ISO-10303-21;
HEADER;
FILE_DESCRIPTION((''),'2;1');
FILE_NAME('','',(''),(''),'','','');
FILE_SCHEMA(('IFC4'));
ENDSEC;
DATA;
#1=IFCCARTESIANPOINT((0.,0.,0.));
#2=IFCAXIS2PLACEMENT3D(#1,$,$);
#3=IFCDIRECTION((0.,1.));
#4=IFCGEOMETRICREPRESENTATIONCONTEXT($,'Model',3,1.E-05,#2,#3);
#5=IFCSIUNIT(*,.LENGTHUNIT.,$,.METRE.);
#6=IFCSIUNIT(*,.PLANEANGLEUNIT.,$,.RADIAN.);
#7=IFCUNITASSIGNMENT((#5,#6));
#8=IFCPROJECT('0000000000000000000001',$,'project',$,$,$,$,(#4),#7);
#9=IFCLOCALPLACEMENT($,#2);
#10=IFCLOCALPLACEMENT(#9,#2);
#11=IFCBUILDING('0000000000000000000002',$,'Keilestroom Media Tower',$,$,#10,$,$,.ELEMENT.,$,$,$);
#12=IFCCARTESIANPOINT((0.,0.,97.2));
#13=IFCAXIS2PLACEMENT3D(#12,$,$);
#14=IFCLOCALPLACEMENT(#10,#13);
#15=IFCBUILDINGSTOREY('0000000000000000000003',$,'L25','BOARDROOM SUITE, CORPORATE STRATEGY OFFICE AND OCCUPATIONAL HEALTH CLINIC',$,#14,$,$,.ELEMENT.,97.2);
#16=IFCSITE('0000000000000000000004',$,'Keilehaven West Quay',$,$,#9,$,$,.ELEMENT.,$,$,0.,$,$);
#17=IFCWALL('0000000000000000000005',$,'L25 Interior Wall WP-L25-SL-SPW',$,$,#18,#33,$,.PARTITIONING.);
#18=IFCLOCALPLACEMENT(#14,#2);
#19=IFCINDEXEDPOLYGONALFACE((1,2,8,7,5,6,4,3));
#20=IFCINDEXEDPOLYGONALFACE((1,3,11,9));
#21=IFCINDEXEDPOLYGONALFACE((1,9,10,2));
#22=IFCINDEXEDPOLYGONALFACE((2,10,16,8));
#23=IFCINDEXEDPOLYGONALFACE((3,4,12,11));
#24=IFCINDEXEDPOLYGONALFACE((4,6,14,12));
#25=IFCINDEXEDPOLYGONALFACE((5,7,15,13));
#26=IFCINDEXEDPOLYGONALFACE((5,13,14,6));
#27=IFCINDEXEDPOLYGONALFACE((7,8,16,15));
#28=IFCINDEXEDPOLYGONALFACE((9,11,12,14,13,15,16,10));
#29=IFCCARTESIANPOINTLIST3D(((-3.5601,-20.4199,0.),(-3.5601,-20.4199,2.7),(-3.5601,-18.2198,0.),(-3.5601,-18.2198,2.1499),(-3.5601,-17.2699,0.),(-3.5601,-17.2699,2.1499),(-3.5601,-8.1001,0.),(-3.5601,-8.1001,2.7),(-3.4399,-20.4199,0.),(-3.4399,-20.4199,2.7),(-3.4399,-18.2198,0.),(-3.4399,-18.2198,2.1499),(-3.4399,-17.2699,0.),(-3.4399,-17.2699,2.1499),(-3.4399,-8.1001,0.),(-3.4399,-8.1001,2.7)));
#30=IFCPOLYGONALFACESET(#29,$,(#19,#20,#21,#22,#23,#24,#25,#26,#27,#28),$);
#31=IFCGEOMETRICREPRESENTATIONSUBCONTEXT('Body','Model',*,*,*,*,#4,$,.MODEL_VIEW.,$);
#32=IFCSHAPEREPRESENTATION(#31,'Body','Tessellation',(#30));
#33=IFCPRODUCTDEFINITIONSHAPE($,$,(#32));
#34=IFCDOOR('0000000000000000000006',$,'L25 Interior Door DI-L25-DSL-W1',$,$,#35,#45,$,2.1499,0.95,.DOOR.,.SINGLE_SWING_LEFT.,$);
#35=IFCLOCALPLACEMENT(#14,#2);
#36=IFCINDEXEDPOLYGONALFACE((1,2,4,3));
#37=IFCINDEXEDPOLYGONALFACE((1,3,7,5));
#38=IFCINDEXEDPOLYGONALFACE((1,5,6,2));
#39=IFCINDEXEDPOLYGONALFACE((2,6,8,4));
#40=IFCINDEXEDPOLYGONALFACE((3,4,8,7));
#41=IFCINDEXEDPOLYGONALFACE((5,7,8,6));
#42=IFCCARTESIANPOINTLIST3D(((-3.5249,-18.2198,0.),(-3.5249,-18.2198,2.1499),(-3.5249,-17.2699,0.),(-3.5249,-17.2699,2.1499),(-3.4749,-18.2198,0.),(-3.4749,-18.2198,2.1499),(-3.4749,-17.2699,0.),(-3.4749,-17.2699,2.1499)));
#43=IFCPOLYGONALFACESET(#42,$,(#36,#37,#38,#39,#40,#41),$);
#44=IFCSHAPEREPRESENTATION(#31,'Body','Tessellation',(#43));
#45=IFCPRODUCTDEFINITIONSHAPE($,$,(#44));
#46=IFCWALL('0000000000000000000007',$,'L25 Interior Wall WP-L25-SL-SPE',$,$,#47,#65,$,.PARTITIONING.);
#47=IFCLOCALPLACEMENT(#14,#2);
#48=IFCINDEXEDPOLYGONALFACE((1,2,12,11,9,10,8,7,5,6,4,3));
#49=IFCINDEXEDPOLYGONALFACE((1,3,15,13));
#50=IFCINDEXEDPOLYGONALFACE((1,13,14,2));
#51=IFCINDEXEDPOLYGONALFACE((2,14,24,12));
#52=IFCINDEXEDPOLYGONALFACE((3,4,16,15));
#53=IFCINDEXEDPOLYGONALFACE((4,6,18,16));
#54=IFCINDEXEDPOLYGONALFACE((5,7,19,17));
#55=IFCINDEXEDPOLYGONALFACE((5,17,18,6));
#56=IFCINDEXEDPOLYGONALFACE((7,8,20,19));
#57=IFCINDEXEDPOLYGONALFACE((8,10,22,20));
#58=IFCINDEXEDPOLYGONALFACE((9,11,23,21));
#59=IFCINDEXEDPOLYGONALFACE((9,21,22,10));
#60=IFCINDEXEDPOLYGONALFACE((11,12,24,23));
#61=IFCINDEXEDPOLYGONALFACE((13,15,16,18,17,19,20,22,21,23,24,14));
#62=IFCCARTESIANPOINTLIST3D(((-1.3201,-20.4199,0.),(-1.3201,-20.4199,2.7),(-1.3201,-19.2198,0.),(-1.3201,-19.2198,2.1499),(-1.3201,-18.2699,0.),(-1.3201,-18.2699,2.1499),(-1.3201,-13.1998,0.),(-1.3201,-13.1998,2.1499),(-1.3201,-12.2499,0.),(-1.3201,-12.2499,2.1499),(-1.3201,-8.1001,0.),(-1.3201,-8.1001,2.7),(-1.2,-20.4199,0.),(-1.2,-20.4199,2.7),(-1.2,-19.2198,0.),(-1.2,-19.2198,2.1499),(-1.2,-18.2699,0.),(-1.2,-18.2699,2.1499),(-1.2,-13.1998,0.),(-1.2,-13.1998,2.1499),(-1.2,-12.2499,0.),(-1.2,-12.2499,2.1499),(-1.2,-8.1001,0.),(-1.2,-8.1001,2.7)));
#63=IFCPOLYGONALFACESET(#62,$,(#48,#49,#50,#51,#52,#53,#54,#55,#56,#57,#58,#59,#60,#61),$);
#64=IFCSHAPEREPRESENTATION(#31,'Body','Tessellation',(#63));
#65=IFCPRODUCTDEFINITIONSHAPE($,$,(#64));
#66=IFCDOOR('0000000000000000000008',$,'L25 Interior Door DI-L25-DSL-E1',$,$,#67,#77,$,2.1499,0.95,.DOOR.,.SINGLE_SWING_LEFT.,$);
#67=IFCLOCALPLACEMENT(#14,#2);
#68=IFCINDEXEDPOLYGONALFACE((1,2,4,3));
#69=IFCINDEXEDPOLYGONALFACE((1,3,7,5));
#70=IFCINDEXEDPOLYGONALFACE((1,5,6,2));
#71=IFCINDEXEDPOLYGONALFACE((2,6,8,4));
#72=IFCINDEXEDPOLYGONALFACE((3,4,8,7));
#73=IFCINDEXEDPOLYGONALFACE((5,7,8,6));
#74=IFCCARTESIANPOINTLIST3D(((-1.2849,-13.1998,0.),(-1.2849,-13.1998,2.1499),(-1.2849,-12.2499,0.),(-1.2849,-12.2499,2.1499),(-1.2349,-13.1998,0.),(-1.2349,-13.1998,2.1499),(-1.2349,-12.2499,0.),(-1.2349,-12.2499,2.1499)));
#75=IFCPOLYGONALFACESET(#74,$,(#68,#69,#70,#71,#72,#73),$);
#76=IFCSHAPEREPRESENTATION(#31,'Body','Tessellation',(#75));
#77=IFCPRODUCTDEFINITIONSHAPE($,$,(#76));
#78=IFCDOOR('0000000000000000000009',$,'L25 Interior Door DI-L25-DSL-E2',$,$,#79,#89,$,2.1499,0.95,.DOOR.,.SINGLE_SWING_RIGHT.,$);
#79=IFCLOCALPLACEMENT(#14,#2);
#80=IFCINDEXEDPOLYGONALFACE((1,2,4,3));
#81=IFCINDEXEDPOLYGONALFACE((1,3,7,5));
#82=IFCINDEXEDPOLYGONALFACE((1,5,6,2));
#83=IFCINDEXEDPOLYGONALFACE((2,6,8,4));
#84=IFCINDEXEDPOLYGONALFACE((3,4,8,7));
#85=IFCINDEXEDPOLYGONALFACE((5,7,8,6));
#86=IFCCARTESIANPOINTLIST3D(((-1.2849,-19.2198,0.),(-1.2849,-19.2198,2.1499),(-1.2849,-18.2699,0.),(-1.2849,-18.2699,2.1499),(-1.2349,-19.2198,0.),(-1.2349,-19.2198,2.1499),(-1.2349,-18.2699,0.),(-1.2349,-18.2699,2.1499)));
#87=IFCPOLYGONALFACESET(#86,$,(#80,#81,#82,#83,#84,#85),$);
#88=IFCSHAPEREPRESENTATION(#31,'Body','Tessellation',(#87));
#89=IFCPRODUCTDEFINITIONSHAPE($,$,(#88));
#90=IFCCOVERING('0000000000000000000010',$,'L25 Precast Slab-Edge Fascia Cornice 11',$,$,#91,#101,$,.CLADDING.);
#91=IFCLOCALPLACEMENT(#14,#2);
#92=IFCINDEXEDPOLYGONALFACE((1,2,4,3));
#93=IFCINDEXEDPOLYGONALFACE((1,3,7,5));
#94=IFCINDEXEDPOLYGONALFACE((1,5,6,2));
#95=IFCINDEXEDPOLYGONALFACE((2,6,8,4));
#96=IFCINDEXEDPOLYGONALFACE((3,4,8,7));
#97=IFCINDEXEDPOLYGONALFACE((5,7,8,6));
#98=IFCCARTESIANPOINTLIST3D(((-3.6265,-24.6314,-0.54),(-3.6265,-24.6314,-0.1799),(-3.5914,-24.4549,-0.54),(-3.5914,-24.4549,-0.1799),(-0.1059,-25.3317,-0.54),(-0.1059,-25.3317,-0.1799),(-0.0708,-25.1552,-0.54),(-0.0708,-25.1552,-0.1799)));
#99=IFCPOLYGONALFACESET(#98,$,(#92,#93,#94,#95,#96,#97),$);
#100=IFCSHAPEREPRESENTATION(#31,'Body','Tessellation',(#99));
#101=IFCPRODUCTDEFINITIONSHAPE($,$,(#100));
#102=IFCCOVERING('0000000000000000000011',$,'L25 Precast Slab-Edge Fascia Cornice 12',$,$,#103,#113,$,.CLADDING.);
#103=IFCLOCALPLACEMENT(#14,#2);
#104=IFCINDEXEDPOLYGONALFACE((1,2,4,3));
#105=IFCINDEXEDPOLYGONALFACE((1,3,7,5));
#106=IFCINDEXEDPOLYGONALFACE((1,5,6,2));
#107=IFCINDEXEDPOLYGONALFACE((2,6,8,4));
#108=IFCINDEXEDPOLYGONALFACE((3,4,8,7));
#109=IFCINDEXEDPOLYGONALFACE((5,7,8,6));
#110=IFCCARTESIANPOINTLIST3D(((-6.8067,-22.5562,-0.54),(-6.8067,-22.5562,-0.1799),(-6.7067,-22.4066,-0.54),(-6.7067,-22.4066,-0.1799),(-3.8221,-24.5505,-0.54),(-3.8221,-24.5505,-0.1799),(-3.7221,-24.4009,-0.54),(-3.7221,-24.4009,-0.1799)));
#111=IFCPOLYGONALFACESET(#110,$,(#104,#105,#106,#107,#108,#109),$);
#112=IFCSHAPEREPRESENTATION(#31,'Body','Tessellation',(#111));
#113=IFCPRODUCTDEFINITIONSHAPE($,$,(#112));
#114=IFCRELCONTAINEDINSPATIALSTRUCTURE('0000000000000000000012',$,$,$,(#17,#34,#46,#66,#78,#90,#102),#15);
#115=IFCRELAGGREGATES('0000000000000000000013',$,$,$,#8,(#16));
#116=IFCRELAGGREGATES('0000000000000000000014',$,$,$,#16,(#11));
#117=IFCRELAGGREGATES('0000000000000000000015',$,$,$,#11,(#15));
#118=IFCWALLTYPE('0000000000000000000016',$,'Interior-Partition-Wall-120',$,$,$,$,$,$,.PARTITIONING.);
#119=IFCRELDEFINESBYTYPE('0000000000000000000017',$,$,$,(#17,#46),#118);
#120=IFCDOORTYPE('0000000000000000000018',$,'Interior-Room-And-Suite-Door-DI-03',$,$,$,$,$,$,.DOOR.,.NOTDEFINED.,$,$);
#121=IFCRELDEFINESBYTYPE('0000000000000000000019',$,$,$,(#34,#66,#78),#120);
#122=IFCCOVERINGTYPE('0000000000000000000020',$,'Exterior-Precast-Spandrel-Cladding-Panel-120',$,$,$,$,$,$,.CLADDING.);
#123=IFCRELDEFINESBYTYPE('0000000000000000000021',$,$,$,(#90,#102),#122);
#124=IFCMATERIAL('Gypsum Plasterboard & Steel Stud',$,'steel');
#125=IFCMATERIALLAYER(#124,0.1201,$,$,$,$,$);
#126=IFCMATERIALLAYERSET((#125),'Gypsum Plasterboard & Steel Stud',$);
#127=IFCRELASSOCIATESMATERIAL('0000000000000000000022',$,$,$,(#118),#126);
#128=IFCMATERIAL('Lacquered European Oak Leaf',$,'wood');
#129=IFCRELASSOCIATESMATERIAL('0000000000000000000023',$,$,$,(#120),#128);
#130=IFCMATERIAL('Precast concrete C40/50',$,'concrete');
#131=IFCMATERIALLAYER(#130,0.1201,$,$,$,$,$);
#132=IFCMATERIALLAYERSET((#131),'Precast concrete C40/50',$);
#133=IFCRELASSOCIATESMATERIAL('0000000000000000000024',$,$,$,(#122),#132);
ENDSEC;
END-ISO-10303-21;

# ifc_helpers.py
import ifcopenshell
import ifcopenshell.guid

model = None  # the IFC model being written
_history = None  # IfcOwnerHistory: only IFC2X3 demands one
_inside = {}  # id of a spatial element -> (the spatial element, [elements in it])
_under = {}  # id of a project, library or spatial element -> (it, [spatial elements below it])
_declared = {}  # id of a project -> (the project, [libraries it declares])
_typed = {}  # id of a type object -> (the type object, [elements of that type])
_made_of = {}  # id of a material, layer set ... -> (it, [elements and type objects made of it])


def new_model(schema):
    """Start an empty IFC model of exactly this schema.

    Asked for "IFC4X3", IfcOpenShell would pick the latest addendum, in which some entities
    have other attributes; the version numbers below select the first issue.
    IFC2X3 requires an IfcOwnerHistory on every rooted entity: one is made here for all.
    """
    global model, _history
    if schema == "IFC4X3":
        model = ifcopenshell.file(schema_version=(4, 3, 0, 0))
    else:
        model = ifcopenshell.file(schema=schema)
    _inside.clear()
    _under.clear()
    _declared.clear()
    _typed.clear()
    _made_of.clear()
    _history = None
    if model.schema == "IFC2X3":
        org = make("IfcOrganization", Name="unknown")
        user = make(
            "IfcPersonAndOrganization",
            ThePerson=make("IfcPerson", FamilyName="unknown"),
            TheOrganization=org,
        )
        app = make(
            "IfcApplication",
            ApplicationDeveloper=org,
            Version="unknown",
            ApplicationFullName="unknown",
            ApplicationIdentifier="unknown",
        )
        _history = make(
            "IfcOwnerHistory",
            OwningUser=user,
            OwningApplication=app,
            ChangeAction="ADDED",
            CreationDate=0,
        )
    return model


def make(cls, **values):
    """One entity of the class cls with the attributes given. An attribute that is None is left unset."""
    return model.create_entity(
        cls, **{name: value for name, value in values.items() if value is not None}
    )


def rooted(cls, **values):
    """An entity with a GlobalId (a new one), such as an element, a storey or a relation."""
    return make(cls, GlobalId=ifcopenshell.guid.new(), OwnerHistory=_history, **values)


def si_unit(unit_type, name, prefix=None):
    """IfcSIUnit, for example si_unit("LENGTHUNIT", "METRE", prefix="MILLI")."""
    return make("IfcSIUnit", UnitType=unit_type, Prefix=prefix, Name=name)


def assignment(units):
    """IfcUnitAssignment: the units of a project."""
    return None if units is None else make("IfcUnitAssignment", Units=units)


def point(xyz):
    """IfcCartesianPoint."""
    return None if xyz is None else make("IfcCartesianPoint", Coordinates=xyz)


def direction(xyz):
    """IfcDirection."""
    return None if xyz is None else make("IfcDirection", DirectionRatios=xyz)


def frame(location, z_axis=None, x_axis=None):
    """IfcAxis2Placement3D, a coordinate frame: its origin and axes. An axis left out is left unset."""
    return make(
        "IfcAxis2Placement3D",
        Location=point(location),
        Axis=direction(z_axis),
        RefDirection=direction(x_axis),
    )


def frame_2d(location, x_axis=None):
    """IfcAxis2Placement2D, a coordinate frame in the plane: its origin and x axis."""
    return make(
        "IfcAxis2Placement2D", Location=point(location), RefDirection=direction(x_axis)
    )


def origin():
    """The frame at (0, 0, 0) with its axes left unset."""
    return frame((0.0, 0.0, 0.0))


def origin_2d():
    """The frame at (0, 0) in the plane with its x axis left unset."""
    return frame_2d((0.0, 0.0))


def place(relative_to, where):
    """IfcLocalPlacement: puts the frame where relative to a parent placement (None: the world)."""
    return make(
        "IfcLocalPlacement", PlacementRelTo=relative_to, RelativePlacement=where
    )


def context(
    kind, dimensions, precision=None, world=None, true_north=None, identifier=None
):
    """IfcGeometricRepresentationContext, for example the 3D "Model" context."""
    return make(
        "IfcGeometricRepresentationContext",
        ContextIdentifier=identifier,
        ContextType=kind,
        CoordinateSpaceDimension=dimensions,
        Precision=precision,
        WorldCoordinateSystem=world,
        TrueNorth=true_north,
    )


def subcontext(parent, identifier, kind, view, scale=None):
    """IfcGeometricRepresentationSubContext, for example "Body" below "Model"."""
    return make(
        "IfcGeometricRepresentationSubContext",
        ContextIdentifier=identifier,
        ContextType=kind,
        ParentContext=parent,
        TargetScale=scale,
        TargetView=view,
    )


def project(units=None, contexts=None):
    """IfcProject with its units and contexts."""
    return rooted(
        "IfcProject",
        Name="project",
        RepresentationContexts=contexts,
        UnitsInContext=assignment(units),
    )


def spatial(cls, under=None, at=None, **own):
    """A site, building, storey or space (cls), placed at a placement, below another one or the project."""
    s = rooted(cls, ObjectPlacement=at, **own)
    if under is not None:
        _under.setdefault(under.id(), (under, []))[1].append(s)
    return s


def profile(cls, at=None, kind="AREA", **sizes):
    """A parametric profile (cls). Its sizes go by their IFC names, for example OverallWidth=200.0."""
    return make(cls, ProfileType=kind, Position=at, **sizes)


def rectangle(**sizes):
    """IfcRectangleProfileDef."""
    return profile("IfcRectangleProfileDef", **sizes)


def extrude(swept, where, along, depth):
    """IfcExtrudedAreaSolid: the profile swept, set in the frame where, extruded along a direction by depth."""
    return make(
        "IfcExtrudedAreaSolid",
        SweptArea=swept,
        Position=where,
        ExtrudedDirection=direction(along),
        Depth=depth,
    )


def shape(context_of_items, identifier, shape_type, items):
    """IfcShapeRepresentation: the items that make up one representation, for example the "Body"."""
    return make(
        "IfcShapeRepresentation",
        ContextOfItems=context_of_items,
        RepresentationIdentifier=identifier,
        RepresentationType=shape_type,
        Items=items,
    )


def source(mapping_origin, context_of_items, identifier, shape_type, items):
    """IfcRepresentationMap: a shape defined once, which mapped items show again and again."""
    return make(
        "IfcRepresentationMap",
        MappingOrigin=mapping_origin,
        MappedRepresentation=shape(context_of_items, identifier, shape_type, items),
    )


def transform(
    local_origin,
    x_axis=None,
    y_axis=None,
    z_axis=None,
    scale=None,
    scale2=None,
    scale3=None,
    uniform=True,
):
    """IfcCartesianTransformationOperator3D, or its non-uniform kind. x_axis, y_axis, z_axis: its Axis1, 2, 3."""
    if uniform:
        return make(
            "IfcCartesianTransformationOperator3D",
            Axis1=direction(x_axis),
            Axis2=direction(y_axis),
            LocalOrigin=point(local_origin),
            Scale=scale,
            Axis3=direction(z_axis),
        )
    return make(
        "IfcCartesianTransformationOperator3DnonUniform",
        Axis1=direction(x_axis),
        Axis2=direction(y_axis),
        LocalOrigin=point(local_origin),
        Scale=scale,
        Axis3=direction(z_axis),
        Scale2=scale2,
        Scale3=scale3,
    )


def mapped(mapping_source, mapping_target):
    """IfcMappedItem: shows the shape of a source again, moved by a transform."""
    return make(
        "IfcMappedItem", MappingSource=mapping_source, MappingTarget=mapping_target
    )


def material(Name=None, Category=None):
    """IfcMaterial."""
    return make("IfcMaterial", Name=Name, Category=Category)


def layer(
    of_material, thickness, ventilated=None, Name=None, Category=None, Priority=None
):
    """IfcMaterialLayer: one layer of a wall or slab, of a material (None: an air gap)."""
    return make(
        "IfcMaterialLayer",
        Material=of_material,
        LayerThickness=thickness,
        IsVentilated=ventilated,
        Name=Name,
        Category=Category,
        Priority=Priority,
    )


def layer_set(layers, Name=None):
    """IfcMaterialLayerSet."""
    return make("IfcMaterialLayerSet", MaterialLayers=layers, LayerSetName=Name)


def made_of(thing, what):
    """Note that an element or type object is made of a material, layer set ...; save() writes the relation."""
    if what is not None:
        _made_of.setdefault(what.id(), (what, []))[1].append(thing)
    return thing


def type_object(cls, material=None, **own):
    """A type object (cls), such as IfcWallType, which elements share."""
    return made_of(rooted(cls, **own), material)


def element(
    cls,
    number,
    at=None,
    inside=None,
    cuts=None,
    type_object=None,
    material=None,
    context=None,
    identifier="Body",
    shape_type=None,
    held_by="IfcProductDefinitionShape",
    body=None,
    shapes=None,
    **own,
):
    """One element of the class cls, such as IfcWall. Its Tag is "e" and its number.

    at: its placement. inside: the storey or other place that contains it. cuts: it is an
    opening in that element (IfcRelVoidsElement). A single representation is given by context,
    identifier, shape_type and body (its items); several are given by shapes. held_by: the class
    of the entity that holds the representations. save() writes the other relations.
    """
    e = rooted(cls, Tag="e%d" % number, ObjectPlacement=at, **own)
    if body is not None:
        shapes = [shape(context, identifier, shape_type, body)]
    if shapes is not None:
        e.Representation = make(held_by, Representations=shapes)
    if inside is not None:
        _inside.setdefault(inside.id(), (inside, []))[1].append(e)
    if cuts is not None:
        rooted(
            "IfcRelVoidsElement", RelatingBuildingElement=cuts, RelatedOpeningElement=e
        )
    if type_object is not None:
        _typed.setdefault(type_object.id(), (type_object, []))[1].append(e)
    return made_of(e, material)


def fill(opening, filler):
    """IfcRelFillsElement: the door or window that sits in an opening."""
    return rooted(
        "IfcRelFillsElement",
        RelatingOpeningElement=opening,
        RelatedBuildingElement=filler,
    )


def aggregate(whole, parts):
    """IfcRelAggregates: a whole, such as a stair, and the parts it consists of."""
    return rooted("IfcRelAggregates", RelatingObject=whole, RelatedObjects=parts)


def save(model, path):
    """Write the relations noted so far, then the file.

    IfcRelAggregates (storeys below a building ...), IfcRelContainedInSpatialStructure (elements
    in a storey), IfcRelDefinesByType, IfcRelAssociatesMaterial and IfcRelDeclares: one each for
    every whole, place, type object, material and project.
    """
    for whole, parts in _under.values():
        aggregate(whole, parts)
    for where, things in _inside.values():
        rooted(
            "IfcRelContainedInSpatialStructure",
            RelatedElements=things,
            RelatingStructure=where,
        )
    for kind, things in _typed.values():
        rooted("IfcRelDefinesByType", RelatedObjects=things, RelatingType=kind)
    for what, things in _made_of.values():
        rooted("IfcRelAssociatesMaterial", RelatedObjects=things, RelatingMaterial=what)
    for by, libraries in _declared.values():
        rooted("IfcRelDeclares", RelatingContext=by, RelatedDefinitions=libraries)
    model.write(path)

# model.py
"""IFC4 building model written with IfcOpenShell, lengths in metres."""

from ifc_helpers import new_model, si_unit, direction, frame, frame_2d, origin, origin_2d, place, context, subcontext, project, spatial, rectangle, extrude, source, transform, mapped, material, layer, layer_set, type_object, element, fill, save


model = new_model("IFC4")

# Units and contexts
model_context = context("Model", 3, precision=1e-05, world=origin(), true_north=direction((0.0, 1.0)))
body_context = subcontext(model_context, "Body", "Model", "MODEL_VIEW")
ifc_project = project(units=[si_unit("LENGTHUNIT", "METRE"), si_unit("PLANEANGLEUNIT", "RADIAN")], contexts=[model_context])

# Site, building, storey
site_placement = place(None, origin())
site = spatial("IfcSite", under=ifc_project, at=site_placement, Name="Keilehaven West Quay", CompositionType="ELEMENT", RefElevation=0.0)
building_placement = place(site_placement, origin())
building = spatial("IfcBuilding", under=site, at=building_placement, Name="Keilestroom Media Tower", CompositionType="ELEMENT")
storey_placement = place(building_placement, frame((0.0, 0.0, 97.2)))
storey = spatial("IfcBuildingStorey", under=building, at=storey_placement, Name="L25", Description="BOARDROOM SUITE, CORPORATE STRATEGY OFFICE AND OCCUPATIONAL HEALTH CLINIC", CompositionType="ELEMENT", Elevation=97.2)

# Shared definitions
ifc_material_1 = material(Name="Precast concrete C40/50", Category="concrete")

# Wall, opening, door
ifc_material_2 = material(Name="Gypsum Plasterboard & Steel Stud", Category="steel")
ifc_layer_1 = layer(ifc_material_2, 0.1201)
ifc_layer_set_1 = layer_set([ifc_layer_1], Name="Gypsum Plasterboard & Steel Stud")
wall_type_1 = type_object("IfcWallType", Name="Interior-Partition-Wall-120", PredefinedType="PARTITIONING", material=ifc_layer_set_1)
wall_1_placement = place(storey_placement, frame((-3.5, -20.4199, 0.0), z_axis=(0.0, 0.0, 1.0), x_axis=(0.0, 1.0, 0.0)))
wall_1 = element("IfcWall", 1, at=wall_1_placement, inside=storey, type_object=wall_type_1, Name="L25 Interior Wall WP-L25-SL-SPW", PredefinedType="PARTITIONING", context=body_context, shape_type="SweptSolid", body=[
    extrude(rectangle(XDim=12.3198, YDim=0.1201, at=frame_2d((6.1599, 0.0))), origin(), (0.0, 0.0, 1.0), 2.7),
])
opening_1_placement = place(wall_1_placement, frame((2.2, 0.0, 0.0)))
opening_1 = element("IfcOpeningElement", 2, at=opening_1_placement, cuts=wall_1, PredefinedType="OPENING", context=body_context, shape_type="SweptSolid", body=[
    extrude(rectangle(XDim=0.95, YDim=2.1499, at=frame_2d((0.4751, 1.075))), frame((0.0, 0.0701, 0.0), z_axis=(0.0, -1.0, 0.0), x_axis=(1.0, 0.0, 0.0)), (0.0, 0.0, 1.0), 0.1401),
])
ifc_material_3 = material(Name="Lacquered European Oak Leaf", Category="wood")
door_type = type_object("IfcDoorType", Name="Interior-Room-And-Suite-Door-DI-03", OperationType="NOTDEFINED", PredefinedType="DOOR", material=ifc_material_3)
shared_shape_1 = source(origin(), body_context, "Body", "SweptSolid", [
    extrude(rectangle(XDim=0.95, YDim=2.1499, at=frame_2d((0.4751, 1.075))), frame((0.0, 0.0249, 0.0), z_axis=(0.0, -1.0, 0.0), x_axis=(1.0, 0.0, 0.0)), (0.0, 0.0, 1.0), 0.05),
])
door_1_placement = place(opening_1_placement, origin())
door_1 = element("IfcDoor", 3, at=door_1_placement, inside=storey, type_object=door_type, Name="L25 Interior Door DI-L25-DSL-W1", OperationType="SINGLE_SWING_LEFT", OverallHeight=2.1499, OverallWidth=0.95, PredefinedType="DOOR", context=body_context, shape_type="MappedRepresentation", body=[
    mapped(shared_shape_1, transform((0.0, 0.0, 0.0), x_axis=(1.0, 0.0, 0.0), y_axis=(0.0, 1.0, 0.0), z_axis=(0.0, 0.0, 1.0), scale=1.0)),
])
fill(opening_1, door_1)

# Wall, openings, doors
wall_2_placement = place(storey_placement, frame((-1.26, -20.4199, 0.0), z_axis=(0.0, 0.0, 1.0), x_axis=(0.0, 1.0, 0.0)))
wall_2 = element("IfcWall", 4, at=wall_2_placement, inside=storey, type_object=wall_type_1, Name="L25 Interior Wall WP-L25-SL-SPE", PredefinedType="PARTITIONING", context=body_context, shape_type="SweptSolid", body=[
    extrude(rectangle(XDim=12.3198, YDim=0.1201, at=frame_2d((6.1599, 0.0))), origin(), (0.0, 0.0, 1.0), 2.7),
])
opening_2_placement = place(wall_2_placement, frame((7.22, 0.0, 0.0)))
opening_2 = element("IfcOpeningElement", 5, at=opening_2_placement, cuts=wall_2, PredefinedType="OPENING", context=body_context, shape_type="SweptSolid", body=[
    extrude(rectangle(XDim=0.95, YDim=2.1499, at=frame_2d((0.4751, 1.075))), frame((0.0, 0.0701, 0.0), z_axis=(0.0, -1.0, 0.0), x_axis=(1.0, 0.0, 0.0)), (0.0, 0.0, 1.0), 0.1401),
])
opening_3_placement = place(wall_2_placement, frame((1.2, 0.0, 0.0)))
opening_3 = element("IfcOpeningElement", 6, at=opening_3_placement, cuts=wall_2, PredefinedType="OPENING", context=body_context, shape_type="SweptSolid", body=[
    extrude(rectangle(XDim=0.95, YDim=2.1499, at=frame_2d((0.4751, 1.075))), frame((0.0, 0.0701, 0.0), z_axis=(0.0, -1.0, 0.0), x_axis=(1.0, 0.0, 0.0)), (0.0, 0.0, 1.0), 0.1401),
])
door_2_placement = place(opening_2_placement, origin())
door_2 = element("IfcDoor", 7, at=door_2_placement, inside=storey, type_object=door_type, Name="L25 Interior Door DI-L25-DSL-E1", OperationType="SINGLE_SWING_LEFT", OverallHeight=2.1499, OverallWidth=0.95, PredefinedType="DOOR", context=body_context, shape_type="MappedRepresentation", body=[
    mapped(shared_shape_1, transform((0.0, 0.0, 0.0), x_axis=(1.0, 0.0, 0.0), y_axis=(0.0, 1.0, 0.0), z_axis=(0.0, 0.0, 1.0), scale=1.0)),
])
fill(opening_2, door_2)
door_3_placement = place(opening_3_placement, origin())
door_3 = element("IfcDoor", 8, at=door_3_placement, inside=storey, type_object=door_type, Name="L25 Interior Door DI-L25-DSL-E2", OperationType="SINGLE_SWING_RIGHT", OverallHeight=2.1499, OverallWidth=0.95, PredefinedType="DOOR", context=body_context, shape_type="MappedRepresentation", body=[
    mapped(shared_shape_1, transform((0.0, 0.0, 0.0), x_axis=(1.0, 0.0, 0.0), y_axis=(0.0, 1.0, 0.0), z_axis=(0.0, 0.0, 1.0), scale=1.0)),
])
fill(opening_3, door_3)

# Coverings
ifc_layer_2 = layer(ifc_material_1, 0.1201)
ifc_layer_set_2 = layer_set([ifc_layer_2], Name="Precast concrete C40/50")
covering_type = type_object("IfcCoveringType", Name="Exterior-Precast-Spandrel-Cladding-Panel-120", PredefinedType="CLADDING", material=ifc_layer_set_2)
shared_shape_2 = source(origin(), body_context, "Body", "SweptSolid", [
    extrude(rectangle(XDim=3.5896, YDim=0.1799, at=origin_2d()), origin(), (0.0, 0.0, 1.0), 0.3601),
])
for number, where, z_axis, x_axis, name in (
    (9, (-1.8486, -24.8933, -0.54), (0.0, 0.0, 1.0), (-0.980784, 0.195099, 0.0), "L25 Precast Slab-Edge Fascia Cornice 11"),
    (10, (-5.2644, -23.4785, -0.54), (0.0, 0.0, 1.0), (-0.831467, 0.555575, 0.0), "L25 Precast Slab-Edge Fascia Cornice 12"),
):
    element("IfcCovering", number, at=place(storey_placement, frame(where, z_axis=z_axis, x_axis=x_axis)), inside=storey, type_object=covering_type, Name=name, PredefinedType="CLADDING", context=body_context, shape_type="MappedRepresentation", body=[
        mapped(shared_shape_2, transform((0.0, 0.0, 0.0), x_axis=(1.0, 0.0, 0.0), y_axis=(0.0, 1.0, 0.0), z_axis=(0.0, 0.0, 1.0), scale=1.0)),
    ])

save(model, "model.ifc")
